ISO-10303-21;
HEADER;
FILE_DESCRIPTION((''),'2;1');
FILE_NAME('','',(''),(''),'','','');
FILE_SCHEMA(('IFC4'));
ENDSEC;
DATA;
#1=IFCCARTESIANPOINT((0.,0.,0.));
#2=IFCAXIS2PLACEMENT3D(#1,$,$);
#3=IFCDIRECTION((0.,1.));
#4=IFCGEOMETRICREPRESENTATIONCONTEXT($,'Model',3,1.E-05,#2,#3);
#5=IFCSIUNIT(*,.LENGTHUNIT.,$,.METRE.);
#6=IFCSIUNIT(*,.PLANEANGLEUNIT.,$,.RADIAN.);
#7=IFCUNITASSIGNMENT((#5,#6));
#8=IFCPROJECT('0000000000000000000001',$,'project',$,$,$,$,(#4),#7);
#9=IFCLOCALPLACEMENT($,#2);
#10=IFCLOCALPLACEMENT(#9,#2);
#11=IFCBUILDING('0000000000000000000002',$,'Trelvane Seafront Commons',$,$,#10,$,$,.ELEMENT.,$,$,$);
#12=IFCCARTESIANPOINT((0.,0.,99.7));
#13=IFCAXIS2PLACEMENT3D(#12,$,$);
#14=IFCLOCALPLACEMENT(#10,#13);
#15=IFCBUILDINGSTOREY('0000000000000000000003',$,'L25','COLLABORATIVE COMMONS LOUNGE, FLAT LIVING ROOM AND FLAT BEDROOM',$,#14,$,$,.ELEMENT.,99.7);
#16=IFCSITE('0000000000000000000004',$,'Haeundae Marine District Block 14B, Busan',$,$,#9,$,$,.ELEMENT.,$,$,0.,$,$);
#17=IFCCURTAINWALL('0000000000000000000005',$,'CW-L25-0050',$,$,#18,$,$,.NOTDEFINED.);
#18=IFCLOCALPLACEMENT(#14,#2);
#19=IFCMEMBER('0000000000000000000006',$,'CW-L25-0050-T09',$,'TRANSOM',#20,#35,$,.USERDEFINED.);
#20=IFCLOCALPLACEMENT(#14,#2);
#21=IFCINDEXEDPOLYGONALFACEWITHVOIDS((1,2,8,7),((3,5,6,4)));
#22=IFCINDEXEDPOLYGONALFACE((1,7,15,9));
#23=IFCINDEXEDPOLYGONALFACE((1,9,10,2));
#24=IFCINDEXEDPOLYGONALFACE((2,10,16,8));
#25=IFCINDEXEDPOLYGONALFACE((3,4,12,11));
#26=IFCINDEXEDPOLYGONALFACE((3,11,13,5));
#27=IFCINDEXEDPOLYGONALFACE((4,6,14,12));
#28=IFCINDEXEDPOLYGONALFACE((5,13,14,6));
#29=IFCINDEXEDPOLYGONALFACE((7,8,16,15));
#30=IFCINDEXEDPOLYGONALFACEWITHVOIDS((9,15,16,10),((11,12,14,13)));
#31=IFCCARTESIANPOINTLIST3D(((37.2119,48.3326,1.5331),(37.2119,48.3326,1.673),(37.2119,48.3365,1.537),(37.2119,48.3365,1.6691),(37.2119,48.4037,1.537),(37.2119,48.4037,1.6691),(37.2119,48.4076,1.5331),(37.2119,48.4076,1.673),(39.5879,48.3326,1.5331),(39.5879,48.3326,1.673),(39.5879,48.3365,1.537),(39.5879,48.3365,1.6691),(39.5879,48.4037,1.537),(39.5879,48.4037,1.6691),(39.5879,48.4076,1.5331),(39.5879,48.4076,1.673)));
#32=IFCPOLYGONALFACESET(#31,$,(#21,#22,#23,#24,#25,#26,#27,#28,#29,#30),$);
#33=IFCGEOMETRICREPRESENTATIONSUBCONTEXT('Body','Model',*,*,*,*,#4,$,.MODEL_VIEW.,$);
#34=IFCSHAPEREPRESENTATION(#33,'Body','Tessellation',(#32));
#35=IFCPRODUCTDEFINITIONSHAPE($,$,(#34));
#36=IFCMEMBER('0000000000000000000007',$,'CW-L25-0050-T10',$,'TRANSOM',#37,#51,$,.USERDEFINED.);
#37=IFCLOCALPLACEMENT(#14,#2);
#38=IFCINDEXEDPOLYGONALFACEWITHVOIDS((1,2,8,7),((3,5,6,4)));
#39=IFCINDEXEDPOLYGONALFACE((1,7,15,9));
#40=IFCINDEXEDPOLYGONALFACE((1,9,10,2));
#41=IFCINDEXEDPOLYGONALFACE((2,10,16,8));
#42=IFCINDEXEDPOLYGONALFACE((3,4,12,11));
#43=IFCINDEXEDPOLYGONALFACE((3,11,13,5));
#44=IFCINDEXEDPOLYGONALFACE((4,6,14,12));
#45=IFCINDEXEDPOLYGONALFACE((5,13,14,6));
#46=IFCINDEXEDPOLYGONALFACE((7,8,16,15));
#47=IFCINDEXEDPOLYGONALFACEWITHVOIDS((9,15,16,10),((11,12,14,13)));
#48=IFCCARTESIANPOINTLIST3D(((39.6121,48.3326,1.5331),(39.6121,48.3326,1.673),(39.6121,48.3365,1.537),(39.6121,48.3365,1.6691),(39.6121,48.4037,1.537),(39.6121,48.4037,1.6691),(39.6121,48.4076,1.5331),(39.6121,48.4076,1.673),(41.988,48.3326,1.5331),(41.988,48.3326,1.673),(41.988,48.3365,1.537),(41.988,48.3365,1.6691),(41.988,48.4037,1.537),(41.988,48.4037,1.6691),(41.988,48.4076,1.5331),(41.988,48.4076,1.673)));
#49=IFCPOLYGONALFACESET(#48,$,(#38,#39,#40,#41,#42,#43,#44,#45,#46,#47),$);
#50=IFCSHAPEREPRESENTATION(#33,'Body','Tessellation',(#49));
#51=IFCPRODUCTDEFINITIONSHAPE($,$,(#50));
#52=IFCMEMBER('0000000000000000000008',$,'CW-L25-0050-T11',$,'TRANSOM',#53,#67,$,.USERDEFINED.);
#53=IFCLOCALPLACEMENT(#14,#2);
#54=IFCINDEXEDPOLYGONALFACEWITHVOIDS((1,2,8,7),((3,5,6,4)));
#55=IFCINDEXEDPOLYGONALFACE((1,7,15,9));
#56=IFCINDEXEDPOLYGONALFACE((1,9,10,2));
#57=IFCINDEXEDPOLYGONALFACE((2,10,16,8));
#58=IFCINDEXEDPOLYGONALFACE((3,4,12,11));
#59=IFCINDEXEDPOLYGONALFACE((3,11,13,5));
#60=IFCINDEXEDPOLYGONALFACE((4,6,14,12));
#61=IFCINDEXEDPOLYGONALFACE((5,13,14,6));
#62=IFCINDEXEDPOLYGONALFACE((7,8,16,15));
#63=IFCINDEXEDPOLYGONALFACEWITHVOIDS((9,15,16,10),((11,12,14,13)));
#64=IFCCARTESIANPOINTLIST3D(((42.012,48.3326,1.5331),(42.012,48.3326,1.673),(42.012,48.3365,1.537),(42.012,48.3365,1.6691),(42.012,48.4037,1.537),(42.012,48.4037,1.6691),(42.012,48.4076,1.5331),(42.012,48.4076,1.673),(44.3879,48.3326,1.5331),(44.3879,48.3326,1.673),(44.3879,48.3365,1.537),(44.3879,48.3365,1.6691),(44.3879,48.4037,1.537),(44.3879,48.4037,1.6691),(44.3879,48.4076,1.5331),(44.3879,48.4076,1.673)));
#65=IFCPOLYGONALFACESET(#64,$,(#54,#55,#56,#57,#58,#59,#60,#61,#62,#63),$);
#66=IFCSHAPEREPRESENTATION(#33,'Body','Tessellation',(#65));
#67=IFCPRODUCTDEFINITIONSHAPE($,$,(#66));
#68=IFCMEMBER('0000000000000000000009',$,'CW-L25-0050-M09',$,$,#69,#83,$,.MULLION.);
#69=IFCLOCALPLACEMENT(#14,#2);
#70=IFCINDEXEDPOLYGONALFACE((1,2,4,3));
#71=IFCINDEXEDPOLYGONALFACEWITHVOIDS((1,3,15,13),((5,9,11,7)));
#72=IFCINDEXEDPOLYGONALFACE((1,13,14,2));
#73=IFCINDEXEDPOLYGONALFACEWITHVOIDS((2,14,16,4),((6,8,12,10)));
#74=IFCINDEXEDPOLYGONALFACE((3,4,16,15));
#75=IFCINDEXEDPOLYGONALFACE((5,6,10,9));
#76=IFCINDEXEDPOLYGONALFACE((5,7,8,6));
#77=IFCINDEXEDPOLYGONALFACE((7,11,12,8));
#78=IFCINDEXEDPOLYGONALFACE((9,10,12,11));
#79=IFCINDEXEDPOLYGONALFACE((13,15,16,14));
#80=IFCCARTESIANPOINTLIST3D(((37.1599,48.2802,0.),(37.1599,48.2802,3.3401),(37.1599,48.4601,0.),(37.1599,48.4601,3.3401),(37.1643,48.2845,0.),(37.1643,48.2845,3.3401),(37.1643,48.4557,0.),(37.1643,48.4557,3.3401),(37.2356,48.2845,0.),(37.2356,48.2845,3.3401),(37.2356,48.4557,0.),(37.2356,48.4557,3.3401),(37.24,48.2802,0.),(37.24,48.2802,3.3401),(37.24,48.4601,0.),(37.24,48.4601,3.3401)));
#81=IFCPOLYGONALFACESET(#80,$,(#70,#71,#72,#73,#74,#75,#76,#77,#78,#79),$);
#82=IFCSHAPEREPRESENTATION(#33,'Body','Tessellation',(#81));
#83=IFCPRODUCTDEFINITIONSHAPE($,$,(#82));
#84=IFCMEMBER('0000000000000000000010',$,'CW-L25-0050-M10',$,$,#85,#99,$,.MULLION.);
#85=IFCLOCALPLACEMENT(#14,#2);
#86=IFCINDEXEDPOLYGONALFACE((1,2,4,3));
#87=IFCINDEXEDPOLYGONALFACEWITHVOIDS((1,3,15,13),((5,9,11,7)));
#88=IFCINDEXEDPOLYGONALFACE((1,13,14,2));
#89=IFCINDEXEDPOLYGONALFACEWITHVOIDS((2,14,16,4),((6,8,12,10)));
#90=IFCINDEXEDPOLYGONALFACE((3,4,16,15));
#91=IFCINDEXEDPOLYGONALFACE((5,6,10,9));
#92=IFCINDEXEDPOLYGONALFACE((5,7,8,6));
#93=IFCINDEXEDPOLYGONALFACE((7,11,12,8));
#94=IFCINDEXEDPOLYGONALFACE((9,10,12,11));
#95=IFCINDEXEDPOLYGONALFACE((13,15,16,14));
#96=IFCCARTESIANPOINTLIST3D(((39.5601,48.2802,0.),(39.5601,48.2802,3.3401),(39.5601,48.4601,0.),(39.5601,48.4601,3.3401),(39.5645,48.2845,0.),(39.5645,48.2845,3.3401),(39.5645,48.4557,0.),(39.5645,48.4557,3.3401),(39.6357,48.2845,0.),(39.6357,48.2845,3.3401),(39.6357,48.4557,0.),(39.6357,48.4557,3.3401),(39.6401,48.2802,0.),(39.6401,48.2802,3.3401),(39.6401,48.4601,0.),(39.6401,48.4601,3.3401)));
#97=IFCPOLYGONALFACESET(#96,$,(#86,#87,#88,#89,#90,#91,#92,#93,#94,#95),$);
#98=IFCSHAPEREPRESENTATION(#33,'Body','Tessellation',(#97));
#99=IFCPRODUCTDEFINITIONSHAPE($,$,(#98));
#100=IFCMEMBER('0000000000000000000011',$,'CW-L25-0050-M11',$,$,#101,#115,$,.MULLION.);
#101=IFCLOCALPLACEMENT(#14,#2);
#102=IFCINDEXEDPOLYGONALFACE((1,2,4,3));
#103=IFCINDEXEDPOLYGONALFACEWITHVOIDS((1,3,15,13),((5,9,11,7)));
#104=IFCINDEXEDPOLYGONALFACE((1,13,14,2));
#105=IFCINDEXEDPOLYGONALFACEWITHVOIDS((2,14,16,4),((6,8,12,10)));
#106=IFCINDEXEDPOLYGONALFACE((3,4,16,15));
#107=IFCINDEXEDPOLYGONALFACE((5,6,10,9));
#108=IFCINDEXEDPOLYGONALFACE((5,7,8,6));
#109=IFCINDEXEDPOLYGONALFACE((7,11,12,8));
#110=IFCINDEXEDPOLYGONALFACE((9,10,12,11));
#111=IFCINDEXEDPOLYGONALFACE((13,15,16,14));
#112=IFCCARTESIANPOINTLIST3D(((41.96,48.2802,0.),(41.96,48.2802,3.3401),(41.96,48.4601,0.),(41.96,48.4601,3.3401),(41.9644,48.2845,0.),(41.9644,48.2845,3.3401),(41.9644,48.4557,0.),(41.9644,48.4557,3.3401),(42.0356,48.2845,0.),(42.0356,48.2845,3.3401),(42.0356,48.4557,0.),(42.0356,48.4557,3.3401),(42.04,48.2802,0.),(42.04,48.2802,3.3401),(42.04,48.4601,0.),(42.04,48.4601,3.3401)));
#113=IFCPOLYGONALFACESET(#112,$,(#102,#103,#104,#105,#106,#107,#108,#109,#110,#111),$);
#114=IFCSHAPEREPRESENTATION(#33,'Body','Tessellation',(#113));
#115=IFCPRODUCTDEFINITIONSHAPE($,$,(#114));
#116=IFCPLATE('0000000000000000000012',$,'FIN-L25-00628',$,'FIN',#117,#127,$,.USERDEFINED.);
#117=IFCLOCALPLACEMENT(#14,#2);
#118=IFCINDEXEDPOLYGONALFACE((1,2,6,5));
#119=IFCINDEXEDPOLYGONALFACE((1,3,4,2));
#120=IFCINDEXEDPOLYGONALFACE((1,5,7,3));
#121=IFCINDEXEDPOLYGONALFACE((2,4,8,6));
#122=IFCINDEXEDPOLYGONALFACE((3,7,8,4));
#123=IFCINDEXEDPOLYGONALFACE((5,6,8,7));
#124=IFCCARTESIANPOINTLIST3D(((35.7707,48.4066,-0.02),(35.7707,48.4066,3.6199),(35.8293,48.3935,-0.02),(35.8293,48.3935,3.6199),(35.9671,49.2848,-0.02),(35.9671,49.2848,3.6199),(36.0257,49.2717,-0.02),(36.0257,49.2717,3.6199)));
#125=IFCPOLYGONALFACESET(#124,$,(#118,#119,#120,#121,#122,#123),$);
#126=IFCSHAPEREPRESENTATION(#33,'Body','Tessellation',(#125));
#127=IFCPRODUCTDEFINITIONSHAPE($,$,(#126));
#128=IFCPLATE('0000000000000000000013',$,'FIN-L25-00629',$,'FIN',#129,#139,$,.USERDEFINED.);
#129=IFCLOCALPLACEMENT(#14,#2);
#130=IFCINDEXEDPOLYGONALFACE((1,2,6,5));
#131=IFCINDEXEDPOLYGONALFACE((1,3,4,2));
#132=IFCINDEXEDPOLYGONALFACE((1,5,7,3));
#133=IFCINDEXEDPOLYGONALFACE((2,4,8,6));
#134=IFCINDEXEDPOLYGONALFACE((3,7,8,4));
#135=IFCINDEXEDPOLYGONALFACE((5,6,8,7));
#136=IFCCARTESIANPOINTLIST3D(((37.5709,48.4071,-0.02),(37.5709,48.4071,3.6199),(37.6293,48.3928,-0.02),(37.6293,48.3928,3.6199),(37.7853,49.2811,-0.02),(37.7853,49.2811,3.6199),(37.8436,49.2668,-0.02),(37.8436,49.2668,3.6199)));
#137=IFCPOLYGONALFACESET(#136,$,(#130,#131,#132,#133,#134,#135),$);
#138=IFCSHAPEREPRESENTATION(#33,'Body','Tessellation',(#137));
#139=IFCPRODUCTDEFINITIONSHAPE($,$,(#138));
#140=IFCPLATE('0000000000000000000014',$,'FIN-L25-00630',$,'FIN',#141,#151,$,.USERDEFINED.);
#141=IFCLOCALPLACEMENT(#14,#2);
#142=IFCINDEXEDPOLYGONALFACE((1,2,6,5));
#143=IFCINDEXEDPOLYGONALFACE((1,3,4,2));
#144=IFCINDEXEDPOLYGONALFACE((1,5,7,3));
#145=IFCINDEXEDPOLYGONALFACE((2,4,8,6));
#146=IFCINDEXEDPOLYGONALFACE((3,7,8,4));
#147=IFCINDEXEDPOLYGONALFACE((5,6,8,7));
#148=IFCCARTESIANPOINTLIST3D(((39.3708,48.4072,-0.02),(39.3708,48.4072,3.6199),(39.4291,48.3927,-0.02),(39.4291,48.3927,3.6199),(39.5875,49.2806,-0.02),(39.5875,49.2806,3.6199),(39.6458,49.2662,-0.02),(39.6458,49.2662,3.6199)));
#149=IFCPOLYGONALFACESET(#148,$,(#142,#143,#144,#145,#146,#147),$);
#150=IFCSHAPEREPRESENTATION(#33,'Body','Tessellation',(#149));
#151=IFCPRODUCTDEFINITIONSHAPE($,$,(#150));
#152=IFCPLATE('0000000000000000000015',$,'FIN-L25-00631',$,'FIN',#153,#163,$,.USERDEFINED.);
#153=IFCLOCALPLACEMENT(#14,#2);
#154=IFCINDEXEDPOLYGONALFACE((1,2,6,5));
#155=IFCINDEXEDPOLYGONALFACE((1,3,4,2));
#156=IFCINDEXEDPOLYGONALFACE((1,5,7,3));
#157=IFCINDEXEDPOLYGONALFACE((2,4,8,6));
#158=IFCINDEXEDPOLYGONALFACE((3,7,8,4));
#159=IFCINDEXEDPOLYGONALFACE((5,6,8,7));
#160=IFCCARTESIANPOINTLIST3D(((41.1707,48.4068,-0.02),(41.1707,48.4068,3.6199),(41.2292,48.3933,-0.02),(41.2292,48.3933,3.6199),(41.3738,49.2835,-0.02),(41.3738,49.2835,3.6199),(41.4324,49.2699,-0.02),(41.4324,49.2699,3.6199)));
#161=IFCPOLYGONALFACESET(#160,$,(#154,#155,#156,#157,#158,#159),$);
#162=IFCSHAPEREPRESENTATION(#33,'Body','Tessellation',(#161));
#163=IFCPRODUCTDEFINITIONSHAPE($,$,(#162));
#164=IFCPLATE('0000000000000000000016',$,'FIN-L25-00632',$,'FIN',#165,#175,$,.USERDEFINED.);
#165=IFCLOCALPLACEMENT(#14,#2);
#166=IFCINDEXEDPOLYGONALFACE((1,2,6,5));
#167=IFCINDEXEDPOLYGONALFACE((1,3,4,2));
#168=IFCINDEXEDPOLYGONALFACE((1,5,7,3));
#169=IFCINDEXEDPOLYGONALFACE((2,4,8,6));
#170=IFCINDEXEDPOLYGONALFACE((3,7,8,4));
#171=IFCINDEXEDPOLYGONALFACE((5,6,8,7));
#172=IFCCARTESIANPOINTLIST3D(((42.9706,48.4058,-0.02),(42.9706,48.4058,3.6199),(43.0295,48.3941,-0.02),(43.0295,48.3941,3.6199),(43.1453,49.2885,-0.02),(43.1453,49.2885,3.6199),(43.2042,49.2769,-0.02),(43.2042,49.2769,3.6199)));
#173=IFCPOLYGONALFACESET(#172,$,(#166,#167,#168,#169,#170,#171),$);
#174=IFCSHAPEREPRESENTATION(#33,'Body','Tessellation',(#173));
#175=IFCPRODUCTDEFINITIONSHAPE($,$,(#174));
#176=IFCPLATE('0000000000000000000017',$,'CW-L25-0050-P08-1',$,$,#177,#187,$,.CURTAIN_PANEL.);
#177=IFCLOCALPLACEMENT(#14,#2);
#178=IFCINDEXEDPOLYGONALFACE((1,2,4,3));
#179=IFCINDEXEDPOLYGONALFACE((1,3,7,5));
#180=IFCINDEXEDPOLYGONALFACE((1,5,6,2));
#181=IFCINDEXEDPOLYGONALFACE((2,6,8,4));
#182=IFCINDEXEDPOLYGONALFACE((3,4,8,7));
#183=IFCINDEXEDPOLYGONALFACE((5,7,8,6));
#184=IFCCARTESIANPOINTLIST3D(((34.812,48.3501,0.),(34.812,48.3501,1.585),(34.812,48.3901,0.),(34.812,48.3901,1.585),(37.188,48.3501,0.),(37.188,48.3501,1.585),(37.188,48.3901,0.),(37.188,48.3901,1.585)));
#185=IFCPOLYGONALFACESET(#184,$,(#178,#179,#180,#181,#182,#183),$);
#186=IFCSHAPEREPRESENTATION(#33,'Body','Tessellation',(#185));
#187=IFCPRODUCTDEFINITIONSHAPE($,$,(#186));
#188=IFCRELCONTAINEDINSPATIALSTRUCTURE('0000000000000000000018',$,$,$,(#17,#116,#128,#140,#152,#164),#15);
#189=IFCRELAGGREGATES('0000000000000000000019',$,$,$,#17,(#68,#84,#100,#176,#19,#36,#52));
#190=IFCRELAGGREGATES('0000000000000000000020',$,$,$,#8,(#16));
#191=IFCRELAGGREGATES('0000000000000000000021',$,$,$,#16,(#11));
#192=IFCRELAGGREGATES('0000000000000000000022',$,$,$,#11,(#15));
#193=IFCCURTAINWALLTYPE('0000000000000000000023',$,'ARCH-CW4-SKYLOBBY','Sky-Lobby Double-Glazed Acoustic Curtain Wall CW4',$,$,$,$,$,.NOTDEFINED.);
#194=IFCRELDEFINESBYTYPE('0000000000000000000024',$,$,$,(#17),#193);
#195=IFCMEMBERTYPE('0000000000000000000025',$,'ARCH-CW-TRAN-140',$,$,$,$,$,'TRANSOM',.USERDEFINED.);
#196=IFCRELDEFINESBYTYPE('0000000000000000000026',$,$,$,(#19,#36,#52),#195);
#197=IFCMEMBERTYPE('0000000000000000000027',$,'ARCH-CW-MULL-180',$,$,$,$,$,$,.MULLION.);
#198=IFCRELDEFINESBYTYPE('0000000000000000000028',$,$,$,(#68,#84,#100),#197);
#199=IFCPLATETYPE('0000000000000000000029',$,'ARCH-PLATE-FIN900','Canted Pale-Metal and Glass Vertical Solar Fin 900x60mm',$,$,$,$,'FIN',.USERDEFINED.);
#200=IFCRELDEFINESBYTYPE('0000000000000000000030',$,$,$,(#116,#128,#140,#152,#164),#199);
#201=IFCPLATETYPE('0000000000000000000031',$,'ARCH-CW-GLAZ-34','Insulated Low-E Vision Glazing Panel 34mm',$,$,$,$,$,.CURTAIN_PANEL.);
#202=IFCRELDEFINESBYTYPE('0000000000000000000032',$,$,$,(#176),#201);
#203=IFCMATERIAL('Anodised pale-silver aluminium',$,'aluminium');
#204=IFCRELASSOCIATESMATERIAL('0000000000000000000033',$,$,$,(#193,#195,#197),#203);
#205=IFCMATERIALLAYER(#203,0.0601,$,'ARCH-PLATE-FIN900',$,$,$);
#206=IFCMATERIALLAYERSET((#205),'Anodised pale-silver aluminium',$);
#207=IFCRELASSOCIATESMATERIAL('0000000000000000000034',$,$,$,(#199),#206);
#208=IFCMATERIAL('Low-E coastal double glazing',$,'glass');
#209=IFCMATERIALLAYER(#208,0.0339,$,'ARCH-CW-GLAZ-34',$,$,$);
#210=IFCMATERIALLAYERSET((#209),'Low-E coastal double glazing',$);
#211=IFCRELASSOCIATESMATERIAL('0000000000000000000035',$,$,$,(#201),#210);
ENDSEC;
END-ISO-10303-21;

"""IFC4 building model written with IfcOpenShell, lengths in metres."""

from ifc_helpers import new_model, si_unit, direction, frame, origin, origin_2d, place, context, subcontext, project, spatial, rectangle, hollow_rectangle, extrude, source, transform, mapped, material, layer, layer_set, material_profile, profile_set, type_object, element, aggregate, save


model = new_model("IFC4")

# Units and contexts
model_context = context("Model", 3, precision=1e-05, world=origin(), true_north=direction((0.0, 1.0)))
body_context = subcontext(model_context, "Body", "Model", "MODEL_VIEW")
ifc_project = project(units=[si_unit("LENGTHUNIT", "METRE"), si_unit("PLANEANGLEUNIT", "RADIAN")], contexts=[model_context])

# Site, building, storey
site_placement = place(None, origin())
site = spatial("IfcSite", under=ifc_project, at=site_placement, Name="Haeundae Marine District Block 14B, Busan", CompositionType="ELEMENT", RefElevation=0.0)
building_placement = place(site_placement, origin())
building = spatial("IfcBuilding", under=site, at=building_placement, Name="Trelvane Seafront Commons", CompositionType="ELEMENT")
storey_placement = place(building_placement, frame((0.0, 0.0, 99.7)))
storey = spatial("IfcBuildingStorey", under=building, at=storey_placement, Name="L25", Description="COLLABORATIVE COMMONS LOUNGE, FLAT LIVING ROOM AND FLAT BEDROOM", CompositionType="ELEMENT", Elevation=99.7)

# Curtain wall, members
ifc_material_1 = material(Name="Anodised pale-silver aluminium", Category="aluminium")
curtain_wall_type = type_object("IfcCurtainWallType", Name="ARCH-CW4-SKYLOBBY", Description="Sky-Lobby Double-Glazed Acoustic Curtain Wall CW4", PredefinedType="NOTDEFINED", material=ifc_material_1)
curtain_wall_placement = place(storey_placement, origin())
curtain_wall = element("IfcCurtainWall", 1, at=curtain_wall_placement, inside=storey, type_object=curtain_wall_type, Name="CW-L25-0050", PredefinedType="NOTDEFINED")
ifc_material_profile_1 = material_profile(ifc_material_1, hollow_rectangle(XDim=0.075, YDim=0.1399, WallThickness=0.0039, at=origin_2d()), Name="TRAN-75x140x4")
ifc_profile_set_1 = profile_set([ifc_material_profile_1], Name="Anodised pale-silver aluminium")
member_type_1 = type_object("IfcMemberType", Name="ARCH-CW-TRAN-140", ElementType="TRANSOM", PredefinedType="USERDEFINED", material=ifc_profile_set_1)
shared_shape_1 = source(origin(), body_context, "Body", "SweptSolid", [
    extrude(hollow_rectangle(XDim=0.075, YDim=0.1399, WallThickness=0.0039, at=origin_2d()), origin(), (0.0, 0.0, 1.0), 2.376),
])
member_1_placement = place(storey_placement, frame((37.2119, 48.3701, 1.603), z_axis=(1.0, 0.0, 0.0), x_axis=(0.0, 1.0, 0.0)))
member_1 = element("IfcMember", 2, at=member_1_placement, type_object=member_type_1, Name="CW-L25-0050-T09", ObjectType="TRANSOM", PredefinedType="USERDEFINED", context=body_context, shape_type="MappedRepresentation", body=[
    mapped(shared_shape_1, transform((0.0, 0.0, 0.0), x_axis=(1.0, 0.0, 0.0), y_axis=(0.0, 1.0, 0.0), z_axis=(0.0, 0.0, 1.0), scale=1.0)),
])
member_2_placement = place(storey_placement, frame((39.6121, 48.3701, 1.603), z_axis=(1.0, 0.0, 0.0), x_axis=(0.0, 1.0, 0.0)))
member_2 = element("IfcMember", 3, at=member_2_placement, type_object=member_type_1, Name="CW-L25-0050-T10", ObjectType="TRANSOM", PredefinedType="USERDEFINED", context=body_context, shape_type="MappedRepresentation", body=[
    mapped(shared_shape_1, transform((0.0, 0.0, 0.0), x_axis=(1.0, 0.0, 0.0), y_axis=(0.0, 1.0, 0.0), z_axis=(0.0, 0.0, 1.0), scale=1.0)),
])
member_3_placement = place(storey_placement, frame((42.012, 48.3701, 1.603), z_axis=(1.0, 0.0, 0.0), x_axis=(0.0, 1.0, 0.0)))
member_3 = element("IfcMember", 4, at=member_3_placement, type_object=member_type_1, Name="CW-L25-0050-T11", ObjectType="TRANSOM", PredefinedType="USERDEFINED", context=body_context, shape_type="MappedRepresentation", body=[
    mapped(shared_shape_1, transform((0.0, 0.0, 0.0), x_axis=(1.0, 0.0, 0.0), y_axis=(0.0, 1.0, 0.0), z_axis=(0.0, 0.0, 1.0), scale=1.0)),
])
ifc_material_profile_2 = material_profile(ifc_material_1, hollow_rectangle(XDim=0.0801, YDim=0.1799, WallThickness=0.0044, at=origin_2d()), Name="MULL-80x180x4.5")
ifc_profile_set_2 = profile_set([ifc_material_profile_2], Name="Anodised pale-silver aluminium")
member_type_2 = type_object("IfcMemberType", Name="ARCH-CW-MULL-180", PredefinedType="MULLION", material=ifc_profile_set_2)
shared_shape_2 = source(origin(), body_context, "Body", "SweptSolid", [
    extrude(hollow_rectangle(XDim=0.0801, YDim=0.1799, WallThickness=0.0044, at=origin_2d()), origin(), (0.0, 0.0, 1.0), 3.3401),
])
member_4_placement = place(storey_placement, frame((37.2, 48.3701, 0.0), z_axis=(0.0, 0.0, 1.0), x_axis=(1.0, 0.0, 0.0)))
member_4 = element("IfcMember", 5, at=member_4_placement, type_object=member_type_2, Name="CW-L25-0050-M09", PredefinedType="MULLION", context=body_context, shape_type="MappedRepresentation", body=[
    mapped(shared_shape_2, transform((0.0, 0.0, 0.0), x_axis=(1.0, 0.0, 0.0), y_axis=(0.0, 1.0, 0.0), z_axis=(0.0, 0.0, 1.0), scale=1.0)),
])
member_5_placement = place(storey_placement, frame((39.6001, 48.3701, 0.0), z_axis=(0.0, 0.0, 1.0), x_axis=(1.0, 0.0, 0.0)))
member_5 = element("IfcMember", 6, at=member_5_placement, type_object=member_type_2, Name="CW-L25-0050-M10", PredefinedType="MULLION", context=body_context, shape_type="MappedRepresentation", body=[
    mapped(shared_shape_2, transform((0.0, 0.0, 0.0), x_axis=(1.0, 0.0, 0.0), y_axis=(0.0, 1.0, 0.0), z_axis=(0.0, 0.0, 1.0), scale=1.0)),
])
member_6_placement = place(storey_placement, frame((42.0, 48.3701, 0.0), z_axis=(0.0, 0.0, 1.0), x_axis=(1.0, 0.0, 0.0)))
member_6 = element("IfcMember", 7, at=member_6_placement, type_object=member_type_2, Name="CW-L25-0050-M11", PredefinedType="MULLION", context=body_context, shape_type="MappedRepresentation", body=[
    mapped(shared_shape_2, transform((0.0, 0.0, 0.0), x_axis=(1.0, 0.0, 0.0), y_axis=(0.0, 1.0, 0.0), z_axis=(0.0, 0.0, 1.0), scale=1.0)),
])

# Plates
ifc_layer_1 = layer(ifc_material_1, 0.0601, Name="ARCH-PLATE-FIN900")
ifc_layer_set_1 = layer_set([ifc_layer_1], Name="Anodised pale-silver aluminium")
plate_type_1 = type_object("IfcPlateType", Name="ARCH-PLATE-FIN900", Description="Canted Pale-Metal and Glass Vertical Solar Fin 900x60mm", ElementType="FIN", PredefinedType="USERDEFINED", material=ifc_layer_set_1)
shared_shape_3 = source(origin(), body_context, "Body", "SweptSolid", [
    extrude(rectangle(XDim=0.8999, YDim=0.0601, at=origin_2d()), origin(), (0.0, 0.0, 1.0), 3.6399),
])
for number, where, z_axis, x_axis, name in (
    (8, (35.8982, 48.8391, -0.02), (0.0, 0.0, 1.0), (0.218331, 0.975875, 0.0), "FIN-L25-00628"),
    (9, (37.7073, 48.8369, -0.02), (0.0, 0.0, 1.0), (0.23822, 0.971211, 0.0), "FIN-L25-00629"),
    (10, (39.5083, 48.8367, -0.02), (0.0, 0.0, 1.0), (0.240784, 0.970579, 0.0), "FIN-L25-00630"),
    (11, (41.3015, 48.8384, -0.02), (0.0, 0.0, 1.0), (0.225769, 0.974181, 0.0), "FIN-L25-00631"),
    (12, (43.0874, 48.8413, -0.02), (0.0, 0.0, 1.0), (0.194214, 0.980959, 0.0), "FIN-L25-00632"),
):
    element("IfcPlate", number, at=place(storey_placement, frame(where, z_axis=z_axis, x_axis=x_axis)), inside=storey, type_object=plate_type_1, Name=name, ObjectType="FIN", PredefinedType="USERDEFINED", context=body_context, shape_type="MappedRepresentation", body=[
        mapped(shared_shape_3, transform((0.0, 0.0, 0.0), x_axis=(1.0, 0.0, 0.0), y_axis=(0.0, 1.0, 0.0), z_axis=(0.0, 0.0, 1.0), scale=1.0)),
    ])

# Plate
ifc_material_2 = material(Name="Low-E coastal double glazing", Category="glass")
ifc_layer_2 = layer(ifc_material_2, 0.0339, Name="ARCH-CW-GLAZ-34")
ifc_layer_set_2 = layer_set([ifc_layer_2], Name="Low-E coastal double glazing")
plate_type_2 = type_object("IfcPlateType", Name="ARCH-CW-GLAZ-34", Description="Insulated Low-E Vision Glazing Panel 34mm", PredefinedType="CURTAIN_PANEL", material=ifc_layer_set_2)
shared_shape_4 = source(origin(), body_context, "Body", "SweptSolid", [
    extrude(rectangle(XDim=2.376, YDim=0.04, at=origin_2d()), origin(), (0.0, 0.0, 1.0), 1.585),
])
plate_1_placement = place(storey_placement, frame((36.0, 48.3701, 0.0), z_axis=(0.0, 0.0, 1.0), x_axis=(1.0, 0.0, 0.0)))
plate_1 = element("IfcPlate", 13, at=plate_1_placement, type_object=plate_type_2, Name="CW-L25-0050-P08-1", PredefinedType="CURTAIN_PANEL", context=body_context, shape_type="MappedRepresentation", body=[
    mapped(shared_shape_4, transform((0.0, 0.0, 0.0), x_axis=(1.0, 0.0, 0.0), y_axis=(0.0, 1.0, 0.0), z_axis=(0.0, 0.0, 1.0), scale=1.0)),
])
aggregate(curtain_wall, [member_4, member_5, member_6, plate_1, member_1, member_2, member_3])

save(model, "model.ifc")
